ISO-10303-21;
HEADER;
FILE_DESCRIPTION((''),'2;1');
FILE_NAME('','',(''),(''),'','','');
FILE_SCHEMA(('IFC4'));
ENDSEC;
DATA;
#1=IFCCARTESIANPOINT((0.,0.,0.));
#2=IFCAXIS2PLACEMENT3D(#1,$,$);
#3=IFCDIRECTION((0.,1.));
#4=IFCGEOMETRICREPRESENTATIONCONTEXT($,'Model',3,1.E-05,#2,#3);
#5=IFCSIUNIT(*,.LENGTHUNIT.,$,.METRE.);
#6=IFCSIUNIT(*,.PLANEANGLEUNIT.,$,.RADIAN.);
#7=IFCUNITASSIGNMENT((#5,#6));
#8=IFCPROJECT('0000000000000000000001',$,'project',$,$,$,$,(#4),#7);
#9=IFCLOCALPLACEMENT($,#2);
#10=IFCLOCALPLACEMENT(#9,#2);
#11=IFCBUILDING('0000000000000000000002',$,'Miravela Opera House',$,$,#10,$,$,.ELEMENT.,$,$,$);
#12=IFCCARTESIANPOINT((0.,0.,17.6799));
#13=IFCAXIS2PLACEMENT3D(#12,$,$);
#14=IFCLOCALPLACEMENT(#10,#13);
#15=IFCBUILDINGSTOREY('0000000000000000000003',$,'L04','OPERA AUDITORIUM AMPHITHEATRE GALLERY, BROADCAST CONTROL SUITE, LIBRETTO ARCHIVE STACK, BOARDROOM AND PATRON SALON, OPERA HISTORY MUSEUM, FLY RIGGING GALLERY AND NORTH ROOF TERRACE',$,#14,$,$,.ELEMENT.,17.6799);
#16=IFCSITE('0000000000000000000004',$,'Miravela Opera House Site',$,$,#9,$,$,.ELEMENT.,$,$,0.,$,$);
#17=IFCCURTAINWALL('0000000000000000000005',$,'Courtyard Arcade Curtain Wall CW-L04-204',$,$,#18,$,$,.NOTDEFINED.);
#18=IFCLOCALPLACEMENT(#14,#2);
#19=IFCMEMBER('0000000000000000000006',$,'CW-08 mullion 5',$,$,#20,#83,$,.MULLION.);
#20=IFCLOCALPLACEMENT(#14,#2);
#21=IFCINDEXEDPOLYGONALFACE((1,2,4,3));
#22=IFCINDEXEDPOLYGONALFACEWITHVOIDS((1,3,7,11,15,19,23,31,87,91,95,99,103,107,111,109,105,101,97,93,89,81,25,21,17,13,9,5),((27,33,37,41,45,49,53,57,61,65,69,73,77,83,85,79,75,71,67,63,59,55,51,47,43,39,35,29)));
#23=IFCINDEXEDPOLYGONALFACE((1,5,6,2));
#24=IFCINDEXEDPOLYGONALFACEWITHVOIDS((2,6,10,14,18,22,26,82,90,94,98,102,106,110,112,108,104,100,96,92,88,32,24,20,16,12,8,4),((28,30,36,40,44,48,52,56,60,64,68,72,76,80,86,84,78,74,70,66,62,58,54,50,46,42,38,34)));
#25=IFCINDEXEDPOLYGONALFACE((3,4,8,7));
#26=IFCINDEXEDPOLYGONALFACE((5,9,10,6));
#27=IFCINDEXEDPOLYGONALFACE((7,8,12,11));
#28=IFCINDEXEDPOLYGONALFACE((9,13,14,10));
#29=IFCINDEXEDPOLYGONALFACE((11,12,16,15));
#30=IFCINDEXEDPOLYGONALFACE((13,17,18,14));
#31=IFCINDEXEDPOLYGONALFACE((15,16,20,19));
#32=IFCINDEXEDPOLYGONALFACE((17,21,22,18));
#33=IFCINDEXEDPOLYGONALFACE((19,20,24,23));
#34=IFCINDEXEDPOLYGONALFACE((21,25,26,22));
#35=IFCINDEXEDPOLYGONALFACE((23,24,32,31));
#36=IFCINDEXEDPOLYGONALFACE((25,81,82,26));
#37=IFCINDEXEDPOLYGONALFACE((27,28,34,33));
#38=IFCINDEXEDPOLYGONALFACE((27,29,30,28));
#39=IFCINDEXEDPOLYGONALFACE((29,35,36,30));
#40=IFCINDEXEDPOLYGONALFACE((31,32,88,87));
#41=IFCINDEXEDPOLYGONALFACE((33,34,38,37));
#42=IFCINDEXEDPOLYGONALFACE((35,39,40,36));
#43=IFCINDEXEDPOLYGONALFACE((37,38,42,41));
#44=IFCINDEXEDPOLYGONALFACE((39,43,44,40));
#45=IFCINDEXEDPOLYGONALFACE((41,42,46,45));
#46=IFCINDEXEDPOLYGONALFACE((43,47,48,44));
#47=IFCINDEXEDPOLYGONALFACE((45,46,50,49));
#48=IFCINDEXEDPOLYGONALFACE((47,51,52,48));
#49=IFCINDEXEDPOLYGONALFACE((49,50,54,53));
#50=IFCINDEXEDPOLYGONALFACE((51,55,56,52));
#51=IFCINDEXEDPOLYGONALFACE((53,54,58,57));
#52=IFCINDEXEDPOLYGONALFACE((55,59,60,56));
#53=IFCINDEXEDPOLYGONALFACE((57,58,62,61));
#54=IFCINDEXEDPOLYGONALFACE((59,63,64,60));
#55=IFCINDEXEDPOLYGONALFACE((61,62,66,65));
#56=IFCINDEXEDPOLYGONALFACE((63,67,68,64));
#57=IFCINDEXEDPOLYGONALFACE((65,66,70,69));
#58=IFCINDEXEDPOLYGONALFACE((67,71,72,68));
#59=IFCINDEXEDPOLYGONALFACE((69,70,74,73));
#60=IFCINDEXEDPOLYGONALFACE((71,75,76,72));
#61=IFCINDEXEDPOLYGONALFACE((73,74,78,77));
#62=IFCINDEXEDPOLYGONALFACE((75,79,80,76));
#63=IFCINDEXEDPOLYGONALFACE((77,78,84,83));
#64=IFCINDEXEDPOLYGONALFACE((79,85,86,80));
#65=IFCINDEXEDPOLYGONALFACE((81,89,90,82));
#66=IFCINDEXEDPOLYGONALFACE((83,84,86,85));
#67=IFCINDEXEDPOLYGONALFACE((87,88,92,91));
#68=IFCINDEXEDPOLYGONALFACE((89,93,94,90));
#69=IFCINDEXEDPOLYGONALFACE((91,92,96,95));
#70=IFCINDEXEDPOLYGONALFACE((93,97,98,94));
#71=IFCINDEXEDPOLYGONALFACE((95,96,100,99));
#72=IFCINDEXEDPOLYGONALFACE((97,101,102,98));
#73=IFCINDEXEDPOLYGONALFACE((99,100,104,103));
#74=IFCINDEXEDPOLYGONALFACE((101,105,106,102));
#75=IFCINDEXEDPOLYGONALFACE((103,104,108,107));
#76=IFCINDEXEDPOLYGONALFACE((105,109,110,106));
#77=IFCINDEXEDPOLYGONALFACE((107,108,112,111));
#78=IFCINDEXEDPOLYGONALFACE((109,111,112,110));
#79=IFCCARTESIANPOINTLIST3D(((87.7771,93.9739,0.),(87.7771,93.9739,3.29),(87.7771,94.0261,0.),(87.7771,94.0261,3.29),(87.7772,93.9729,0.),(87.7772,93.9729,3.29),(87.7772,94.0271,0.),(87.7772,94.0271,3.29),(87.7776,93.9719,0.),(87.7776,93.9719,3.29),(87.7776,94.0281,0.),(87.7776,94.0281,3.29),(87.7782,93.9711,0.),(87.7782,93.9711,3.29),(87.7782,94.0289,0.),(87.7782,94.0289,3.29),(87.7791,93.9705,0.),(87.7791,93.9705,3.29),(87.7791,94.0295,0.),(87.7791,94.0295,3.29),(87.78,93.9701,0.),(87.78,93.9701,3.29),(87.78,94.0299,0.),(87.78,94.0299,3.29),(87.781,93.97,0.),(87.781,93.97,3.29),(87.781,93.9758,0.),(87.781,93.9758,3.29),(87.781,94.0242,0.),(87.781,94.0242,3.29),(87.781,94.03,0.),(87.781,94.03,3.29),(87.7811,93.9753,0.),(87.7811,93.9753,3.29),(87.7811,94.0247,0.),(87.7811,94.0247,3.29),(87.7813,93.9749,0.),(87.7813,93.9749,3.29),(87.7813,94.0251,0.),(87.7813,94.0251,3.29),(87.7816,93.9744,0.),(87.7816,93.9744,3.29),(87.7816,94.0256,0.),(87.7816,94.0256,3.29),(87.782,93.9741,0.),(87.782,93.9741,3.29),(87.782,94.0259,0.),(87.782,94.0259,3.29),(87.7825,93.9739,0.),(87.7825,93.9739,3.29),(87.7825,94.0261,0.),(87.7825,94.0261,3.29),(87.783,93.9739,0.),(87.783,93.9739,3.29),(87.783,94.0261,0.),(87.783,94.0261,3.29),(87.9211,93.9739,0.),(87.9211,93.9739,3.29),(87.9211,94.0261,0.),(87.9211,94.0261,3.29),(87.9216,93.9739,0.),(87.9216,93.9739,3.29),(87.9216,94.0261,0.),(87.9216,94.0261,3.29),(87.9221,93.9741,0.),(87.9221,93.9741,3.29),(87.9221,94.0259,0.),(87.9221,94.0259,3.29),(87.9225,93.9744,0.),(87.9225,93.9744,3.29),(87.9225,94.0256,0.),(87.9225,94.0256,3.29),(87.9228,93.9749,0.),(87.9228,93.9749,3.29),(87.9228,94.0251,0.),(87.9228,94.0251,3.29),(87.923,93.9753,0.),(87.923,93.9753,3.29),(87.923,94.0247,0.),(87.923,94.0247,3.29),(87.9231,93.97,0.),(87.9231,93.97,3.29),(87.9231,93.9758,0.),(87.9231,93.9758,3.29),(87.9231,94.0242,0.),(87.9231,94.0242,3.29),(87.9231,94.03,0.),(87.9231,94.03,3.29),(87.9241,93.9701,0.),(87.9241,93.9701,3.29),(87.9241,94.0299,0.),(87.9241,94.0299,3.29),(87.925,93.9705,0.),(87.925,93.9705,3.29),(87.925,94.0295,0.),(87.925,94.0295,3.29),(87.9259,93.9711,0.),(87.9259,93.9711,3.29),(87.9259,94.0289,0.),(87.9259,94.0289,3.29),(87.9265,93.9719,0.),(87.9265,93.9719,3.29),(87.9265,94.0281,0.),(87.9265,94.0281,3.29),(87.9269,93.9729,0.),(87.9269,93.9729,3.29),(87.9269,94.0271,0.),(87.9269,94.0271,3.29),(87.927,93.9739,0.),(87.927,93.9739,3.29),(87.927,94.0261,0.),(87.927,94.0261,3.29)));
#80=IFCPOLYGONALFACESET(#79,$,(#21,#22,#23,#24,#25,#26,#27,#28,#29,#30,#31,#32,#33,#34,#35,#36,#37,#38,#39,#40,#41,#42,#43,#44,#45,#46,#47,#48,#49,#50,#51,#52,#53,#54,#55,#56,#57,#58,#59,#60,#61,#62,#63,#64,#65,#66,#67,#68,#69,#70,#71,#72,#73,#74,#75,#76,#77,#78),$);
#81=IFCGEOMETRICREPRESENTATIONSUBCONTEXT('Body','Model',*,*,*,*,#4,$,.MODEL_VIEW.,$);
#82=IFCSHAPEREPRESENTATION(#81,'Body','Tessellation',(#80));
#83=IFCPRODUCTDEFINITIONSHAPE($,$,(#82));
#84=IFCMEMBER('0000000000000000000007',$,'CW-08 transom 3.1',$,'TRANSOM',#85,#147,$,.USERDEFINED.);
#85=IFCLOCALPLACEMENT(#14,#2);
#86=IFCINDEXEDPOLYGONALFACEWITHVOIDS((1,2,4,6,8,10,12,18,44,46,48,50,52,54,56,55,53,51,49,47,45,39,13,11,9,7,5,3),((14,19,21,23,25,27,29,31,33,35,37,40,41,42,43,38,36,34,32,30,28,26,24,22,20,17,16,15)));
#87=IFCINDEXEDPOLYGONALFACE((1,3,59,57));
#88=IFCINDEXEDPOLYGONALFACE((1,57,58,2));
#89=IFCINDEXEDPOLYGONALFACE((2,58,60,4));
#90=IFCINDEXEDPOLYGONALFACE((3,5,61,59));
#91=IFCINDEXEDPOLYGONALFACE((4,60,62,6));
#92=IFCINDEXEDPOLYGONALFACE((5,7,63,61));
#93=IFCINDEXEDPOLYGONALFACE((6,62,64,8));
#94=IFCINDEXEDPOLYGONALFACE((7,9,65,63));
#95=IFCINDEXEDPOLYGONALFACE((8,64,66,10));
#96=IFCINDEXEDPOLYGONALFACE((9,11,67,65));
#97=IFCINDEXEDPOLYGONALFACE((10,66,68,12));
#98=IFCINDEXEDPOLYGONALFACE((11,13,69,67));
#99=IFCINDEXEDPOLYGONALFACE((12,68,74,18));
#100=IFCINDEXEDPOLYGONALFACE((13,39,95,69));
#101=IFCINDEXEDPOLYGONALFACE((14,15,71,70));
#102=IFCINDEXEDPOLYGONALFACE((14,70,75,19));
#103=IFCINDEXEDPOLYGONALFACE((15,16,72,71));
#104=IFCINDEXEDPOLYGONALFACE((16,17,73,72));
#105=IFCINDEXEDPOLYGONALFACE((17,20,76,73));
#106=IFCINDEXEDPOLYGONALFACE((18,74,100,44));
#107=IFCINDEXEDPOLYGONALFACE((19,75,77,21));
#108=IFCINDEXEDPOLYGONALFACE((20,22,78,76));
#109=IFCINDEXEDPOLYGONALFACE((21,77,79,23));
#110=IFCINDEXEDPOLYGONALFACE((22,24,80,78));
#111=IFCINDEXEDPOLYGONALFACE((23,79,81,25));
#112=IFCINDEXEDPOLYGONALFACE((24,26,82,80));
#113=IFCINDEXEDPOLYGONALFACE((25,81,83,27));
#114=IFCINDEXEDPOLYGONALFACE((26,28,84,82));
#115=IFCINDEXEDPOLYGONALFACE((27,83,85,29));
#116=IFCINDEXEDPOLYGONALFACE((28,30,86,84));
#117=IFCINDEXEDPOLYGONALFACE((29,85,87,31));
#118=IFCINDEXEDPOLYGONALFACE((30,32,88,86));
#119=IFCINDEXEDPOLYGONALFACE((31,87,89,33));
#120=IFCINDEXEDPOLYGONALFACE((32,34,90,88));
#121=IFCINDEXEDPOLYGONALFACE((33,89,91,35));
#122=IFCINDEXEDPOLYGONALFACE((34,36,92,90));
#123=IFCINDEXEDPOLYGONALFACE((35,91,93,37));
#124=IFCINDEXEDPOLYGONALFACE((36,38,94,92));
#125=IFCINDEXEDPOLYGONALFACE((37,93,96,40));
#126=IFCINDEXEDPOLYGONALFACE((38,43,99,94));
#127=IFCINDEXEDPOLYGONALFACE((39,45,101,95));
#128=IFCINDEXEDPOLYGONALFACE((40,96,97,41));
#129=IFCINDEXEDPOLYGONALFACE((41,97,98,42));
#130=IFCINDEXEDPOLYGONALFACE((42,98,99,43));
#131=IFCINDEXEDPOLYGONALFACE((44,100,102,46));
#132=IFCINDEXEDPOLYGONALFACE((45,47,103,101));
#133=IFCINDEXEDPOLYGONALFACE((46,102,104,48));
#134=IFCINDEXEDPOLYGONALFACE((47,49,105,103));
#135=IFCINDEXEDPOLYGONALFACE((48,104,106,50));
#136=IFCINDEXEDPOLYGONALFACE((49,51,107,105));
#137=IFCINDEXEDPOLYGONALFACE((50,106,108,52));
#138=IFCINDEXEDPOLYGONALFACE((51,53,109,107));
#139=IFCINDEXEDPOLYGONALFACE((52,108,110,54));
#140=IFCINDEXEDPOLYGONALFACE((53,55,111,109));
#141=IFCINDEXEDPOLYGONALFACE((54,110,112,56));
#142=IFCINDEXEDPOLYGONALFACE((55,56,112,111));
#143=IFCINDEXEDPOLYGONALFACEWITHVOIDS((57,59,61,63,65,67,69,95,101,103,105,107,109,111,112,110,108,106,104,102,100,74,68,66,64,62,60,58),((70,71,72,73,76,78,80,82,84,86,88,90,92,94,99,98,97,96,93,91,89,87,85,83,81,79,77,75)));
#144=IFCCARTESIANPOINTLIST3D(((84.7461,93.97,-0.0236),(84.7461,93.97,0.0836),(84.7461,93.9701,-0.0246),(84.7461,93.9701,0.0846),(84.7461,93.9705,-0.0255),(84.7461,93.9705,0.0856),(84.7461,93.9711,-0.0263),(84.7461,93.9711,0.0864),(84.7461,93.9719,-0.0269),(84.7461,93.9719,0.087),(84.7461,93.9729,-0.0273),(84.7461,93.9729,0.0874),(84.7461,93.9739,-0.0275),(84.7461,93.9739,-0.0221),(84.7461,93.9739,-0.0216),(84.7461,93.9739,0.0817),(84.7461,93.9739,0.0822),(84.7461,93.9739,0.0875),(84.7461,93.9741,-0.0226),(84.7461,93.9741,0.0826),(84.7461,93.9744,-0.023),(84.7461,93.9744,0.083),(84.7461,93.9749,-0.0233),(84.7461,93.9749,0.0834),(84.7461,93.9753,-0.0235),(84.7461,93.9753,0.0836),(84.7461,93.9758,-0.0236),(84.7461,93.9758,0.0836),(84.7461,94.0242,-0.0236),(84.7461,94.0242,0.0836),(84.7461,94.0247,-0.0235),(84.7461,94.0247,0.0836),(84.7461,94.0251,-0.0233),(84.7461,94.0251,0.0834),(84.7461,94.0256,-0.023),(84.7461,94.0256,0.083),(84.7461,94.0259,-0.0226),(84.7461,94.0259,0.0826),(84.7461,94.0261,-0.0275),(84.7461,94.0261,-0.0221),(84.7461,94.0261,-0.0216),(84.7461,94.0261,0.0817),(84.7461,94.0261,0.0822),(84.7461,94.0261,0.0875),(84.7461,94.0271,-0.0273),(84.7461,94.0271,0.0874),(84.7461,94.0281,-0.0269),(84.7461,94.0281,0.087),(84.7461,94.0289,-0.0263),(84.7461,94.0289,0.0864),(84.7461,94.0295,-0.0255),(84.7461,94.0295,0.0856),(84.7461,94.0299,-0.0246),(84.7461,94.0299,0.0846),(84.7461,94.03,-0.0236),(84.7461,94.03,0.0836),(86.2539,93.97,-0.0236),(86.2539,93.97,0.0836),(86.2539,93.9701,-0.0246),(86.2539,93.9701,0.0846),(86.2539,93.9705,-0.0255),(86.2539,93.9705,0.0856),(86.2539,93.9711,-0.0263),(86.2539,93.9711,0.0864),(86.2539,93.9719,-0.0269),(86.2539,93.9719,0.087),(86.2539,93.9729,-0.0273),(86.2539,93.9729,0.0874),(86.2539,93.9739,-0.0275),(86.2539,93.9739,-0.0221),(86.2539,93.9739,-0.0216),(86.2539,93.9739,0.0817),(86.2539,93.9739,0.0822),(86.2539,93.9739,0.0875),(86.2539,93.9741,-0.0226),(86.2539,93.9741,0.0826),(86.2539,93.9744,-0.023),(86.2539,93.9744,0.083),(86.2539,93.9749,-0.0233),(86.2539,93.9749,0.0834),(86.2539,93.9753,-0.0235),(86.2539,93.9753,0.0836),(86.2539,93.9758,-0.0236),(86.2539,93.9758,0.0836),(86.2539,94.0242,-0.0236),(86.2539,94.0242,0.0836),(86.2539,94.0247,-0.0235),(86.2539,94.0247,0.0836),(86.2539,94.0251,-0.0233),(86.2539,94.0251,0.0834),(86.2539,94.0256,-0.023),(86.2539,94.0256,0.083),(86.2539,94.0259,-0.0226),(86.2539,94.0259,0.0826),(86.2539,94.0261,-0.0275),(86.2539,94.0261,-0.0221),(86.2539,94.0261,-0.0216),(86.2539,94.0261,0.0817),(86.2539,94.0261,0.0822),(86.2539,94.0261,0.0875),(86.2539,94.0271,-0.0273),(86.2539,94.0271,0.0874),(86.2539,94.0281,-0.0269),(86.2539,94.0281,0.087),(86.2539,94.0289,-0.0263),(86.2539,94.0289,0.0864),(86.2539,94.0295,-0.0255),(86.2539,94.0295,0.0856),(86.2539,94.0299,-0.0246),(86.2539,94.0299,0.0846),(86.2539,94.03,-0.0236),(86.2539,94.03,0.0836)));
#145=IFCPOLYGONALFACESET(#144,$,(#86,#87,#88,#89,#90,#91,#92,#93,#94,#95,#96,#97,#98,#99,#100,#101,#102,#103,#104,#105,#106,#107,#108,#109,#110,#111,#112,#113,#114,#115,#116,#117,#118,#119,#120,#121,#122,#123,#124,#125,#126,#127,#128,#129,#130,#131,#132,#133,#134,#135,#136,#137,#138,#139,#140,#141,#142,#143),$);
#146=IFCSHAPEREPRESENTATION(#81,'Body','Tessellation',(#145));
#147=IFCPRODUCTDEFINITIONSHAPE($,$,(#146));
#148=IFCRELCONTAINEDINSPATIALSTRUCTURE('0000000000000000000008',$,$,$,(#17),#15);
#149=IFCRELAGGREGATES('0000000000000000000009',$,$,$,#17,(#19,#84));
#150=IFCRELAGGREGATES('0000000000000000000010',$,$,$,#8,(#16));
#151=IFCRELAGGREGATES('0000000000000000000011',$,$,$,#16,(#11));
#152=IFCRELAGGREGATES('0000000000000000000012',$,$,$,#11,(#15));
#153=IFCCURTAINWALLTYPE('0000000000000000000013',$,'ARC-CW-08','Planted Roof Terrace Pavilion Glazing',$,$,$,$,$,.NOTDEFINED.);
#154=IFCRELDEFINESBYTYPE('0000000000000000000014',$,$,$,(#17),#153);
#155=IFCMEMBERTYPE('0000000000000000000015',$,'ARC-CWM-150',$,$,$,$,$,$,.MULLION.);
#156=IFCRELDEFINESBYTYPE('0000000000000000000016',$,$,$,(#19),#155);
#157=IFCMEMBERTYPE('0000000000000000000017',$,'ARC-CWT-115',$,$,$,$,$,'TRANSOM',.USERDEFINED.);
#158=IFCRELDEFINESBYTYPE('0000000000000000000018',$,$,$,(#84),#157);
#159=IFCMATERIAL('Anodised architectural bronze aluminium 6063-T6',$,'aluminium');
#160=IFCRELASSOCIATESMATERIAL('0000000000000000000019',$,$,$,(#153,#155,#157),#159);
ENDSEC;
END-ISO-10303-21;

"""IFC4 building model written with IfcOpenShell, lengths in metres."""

from ifc_helpers import new_model, si_unit, direction, frame, origin, origin_2d, place, context, subcontext, project, spatial, hollow_rectangle, extrude, material, material_profile, profile_set, type_object, element, aggregate, save


model = new_model("IFC4")

# Units and contexts
model_context = context("Model", 3, precision=1e-05, world=origin(), true_north=direction((0.0, 1.0)))
body_context = subcontext(model_context, "Body", "Model", "MODEL_VIEW")
ifc_project = project(units=[si_unit("LENGTHUNIT", "METRE"), si_unit("PLANEANGLEUNIT", "RADIAN")], contexts=[model_context])

# Site, building, storey
site_placement = place(None, origin())
site = spatial("IfcSite", under=ifc_project, at=site_placement, Name="Miravela Opera House Site", CompositionType="ELEMENT", RefElevation=0.0)
building_placement = place(site_placement, origin())
building = spatial("IfcBuilding", under=site, at=building_placement, Name="Miravela Opera House", CompositionType="ELEMENT")
storey_placement = place(building_placement, frame((0.0, 0.0, 17.6799)))
storey = spatial("IfcBuildingStorey", under=building, at=storey_placement, Name="L04", Description="OPERA AUDITORIUM AMPHITHEATRE GALLERY, BROADCAST CONTROL SUITE, LIBRETTO ARCHIVE STACK, BOARDROOM AND PATRON SALON, OPERA HISTORY MUSEUM, FLY RIGGING GALLERY AND NORTH ROOF TERRACE", CompositionType="ELEMENT", Elevation=17.6799)

# Curtain wall, members
ifc_material_1 = material(Name="Anodised architectural bronze aluminium 6063-T6", Category="aluminium")
curtain_wall_type = type_object("IfcCurtainWallType", Name="ARC-CW-08", Description="Planted Roof Terrace Pavilion Glazing", PredefinedType="NOTDEFINED", material=ifc_material_1)
curtain_wall_placement = place(storey_placement, origin())
curtain_wall = element("IfcCurtainWall", 1, at=curtain_wall_placement, inside=storey, type_object=curtain_wall_type, Name="Courtyard Arcade Curtain Wall CW-L04-204", PredefinedType="NOTDEFINED")
ifc_material_profile_1 = material_profile(ifc_material_1, hollow_rectangle(XDim=0.0601, YDim=0.1499, WallThickness=0.0039, InnerFilletRadius=0.002, OuterFilletRadius=0.0039, at=origin_2d()), Name="CWM-60X150")
ifc_profile_set_1 = profile_set([ifc_material_profile_1])
member_type_1 = type_object("IfcMemberType", Name="ARC-CWM-150", PredefinedType="MULLION", material=ifc_profile_set_1)
member_1_placement = place(storey_placement, frame((87.8521, 94.0, 0.0), z_axis=(0.0, 0.0, 1.0), x_axis=(0.0, 1.0, 0.0)))
member_1 = element("IfcMember", 2, at=member_1_placement, type_object=member_type_1, Name="CW-08 mullion 5", PredefinedType="MULLION", context=body_context, shape_type="SweptSolid", body=[
    extrude(hollow_rectangle(XDim=0.0601, YDim=0.1499, WallThickness=0.0039, InnerFilletRadius=0.002, OuterFilletRadius=0.0039, at=origin_2d()), origin(), (0.0, 0.0, 1.0), 3.29),
])
ifc_material_profile_2 = material_profile(ifc_material_1, hollow_rectangle(XDim=0.0601, YDim=0.115, WallThickness=0.0039, InnerFilletRadius=0.002, OuterFilletRadius=0.0039, at=origin_2d()), Name="CWT-60X115")
ifc_profile_set_2 = profile_set([ifc_material_profile_2])
member_type_2 = type_object("IfcMemberType", Name="ARC-CWT-115", ElementType="TRANSOM", PredefinedType="USERDEFINED", material=ifc_profile_set_2)
member_2_placement = place(storey_placement, frame((84.7461, 94.0, 0.03), z_axis=(1.0, 0.0, 0.0), x_axis=(0.0, 1.0, 0.0)))
member_2 = element("IfcMember", 3, at=member_2_placement, type_object=member_type_2, Name="CW-08 transom 3.1", ObjectType="TRANSOM", PredefinedType="USERDEFINED", context=body_context, shape_type="SweptSolid", body=[
    extrude(hollow_rectangle(XDim=0.0601, YDim=0.115, WallThickness=0.0039, InnerFilletRadius=0.002, OuterFilletRadius=0.0039, at=origin_2d()), origin(), (0.0, 0.0, 1.0), 1.5078),
])

aggregate(curtain_wall, [member_1, member_2])

save(model, "model.ifc")
